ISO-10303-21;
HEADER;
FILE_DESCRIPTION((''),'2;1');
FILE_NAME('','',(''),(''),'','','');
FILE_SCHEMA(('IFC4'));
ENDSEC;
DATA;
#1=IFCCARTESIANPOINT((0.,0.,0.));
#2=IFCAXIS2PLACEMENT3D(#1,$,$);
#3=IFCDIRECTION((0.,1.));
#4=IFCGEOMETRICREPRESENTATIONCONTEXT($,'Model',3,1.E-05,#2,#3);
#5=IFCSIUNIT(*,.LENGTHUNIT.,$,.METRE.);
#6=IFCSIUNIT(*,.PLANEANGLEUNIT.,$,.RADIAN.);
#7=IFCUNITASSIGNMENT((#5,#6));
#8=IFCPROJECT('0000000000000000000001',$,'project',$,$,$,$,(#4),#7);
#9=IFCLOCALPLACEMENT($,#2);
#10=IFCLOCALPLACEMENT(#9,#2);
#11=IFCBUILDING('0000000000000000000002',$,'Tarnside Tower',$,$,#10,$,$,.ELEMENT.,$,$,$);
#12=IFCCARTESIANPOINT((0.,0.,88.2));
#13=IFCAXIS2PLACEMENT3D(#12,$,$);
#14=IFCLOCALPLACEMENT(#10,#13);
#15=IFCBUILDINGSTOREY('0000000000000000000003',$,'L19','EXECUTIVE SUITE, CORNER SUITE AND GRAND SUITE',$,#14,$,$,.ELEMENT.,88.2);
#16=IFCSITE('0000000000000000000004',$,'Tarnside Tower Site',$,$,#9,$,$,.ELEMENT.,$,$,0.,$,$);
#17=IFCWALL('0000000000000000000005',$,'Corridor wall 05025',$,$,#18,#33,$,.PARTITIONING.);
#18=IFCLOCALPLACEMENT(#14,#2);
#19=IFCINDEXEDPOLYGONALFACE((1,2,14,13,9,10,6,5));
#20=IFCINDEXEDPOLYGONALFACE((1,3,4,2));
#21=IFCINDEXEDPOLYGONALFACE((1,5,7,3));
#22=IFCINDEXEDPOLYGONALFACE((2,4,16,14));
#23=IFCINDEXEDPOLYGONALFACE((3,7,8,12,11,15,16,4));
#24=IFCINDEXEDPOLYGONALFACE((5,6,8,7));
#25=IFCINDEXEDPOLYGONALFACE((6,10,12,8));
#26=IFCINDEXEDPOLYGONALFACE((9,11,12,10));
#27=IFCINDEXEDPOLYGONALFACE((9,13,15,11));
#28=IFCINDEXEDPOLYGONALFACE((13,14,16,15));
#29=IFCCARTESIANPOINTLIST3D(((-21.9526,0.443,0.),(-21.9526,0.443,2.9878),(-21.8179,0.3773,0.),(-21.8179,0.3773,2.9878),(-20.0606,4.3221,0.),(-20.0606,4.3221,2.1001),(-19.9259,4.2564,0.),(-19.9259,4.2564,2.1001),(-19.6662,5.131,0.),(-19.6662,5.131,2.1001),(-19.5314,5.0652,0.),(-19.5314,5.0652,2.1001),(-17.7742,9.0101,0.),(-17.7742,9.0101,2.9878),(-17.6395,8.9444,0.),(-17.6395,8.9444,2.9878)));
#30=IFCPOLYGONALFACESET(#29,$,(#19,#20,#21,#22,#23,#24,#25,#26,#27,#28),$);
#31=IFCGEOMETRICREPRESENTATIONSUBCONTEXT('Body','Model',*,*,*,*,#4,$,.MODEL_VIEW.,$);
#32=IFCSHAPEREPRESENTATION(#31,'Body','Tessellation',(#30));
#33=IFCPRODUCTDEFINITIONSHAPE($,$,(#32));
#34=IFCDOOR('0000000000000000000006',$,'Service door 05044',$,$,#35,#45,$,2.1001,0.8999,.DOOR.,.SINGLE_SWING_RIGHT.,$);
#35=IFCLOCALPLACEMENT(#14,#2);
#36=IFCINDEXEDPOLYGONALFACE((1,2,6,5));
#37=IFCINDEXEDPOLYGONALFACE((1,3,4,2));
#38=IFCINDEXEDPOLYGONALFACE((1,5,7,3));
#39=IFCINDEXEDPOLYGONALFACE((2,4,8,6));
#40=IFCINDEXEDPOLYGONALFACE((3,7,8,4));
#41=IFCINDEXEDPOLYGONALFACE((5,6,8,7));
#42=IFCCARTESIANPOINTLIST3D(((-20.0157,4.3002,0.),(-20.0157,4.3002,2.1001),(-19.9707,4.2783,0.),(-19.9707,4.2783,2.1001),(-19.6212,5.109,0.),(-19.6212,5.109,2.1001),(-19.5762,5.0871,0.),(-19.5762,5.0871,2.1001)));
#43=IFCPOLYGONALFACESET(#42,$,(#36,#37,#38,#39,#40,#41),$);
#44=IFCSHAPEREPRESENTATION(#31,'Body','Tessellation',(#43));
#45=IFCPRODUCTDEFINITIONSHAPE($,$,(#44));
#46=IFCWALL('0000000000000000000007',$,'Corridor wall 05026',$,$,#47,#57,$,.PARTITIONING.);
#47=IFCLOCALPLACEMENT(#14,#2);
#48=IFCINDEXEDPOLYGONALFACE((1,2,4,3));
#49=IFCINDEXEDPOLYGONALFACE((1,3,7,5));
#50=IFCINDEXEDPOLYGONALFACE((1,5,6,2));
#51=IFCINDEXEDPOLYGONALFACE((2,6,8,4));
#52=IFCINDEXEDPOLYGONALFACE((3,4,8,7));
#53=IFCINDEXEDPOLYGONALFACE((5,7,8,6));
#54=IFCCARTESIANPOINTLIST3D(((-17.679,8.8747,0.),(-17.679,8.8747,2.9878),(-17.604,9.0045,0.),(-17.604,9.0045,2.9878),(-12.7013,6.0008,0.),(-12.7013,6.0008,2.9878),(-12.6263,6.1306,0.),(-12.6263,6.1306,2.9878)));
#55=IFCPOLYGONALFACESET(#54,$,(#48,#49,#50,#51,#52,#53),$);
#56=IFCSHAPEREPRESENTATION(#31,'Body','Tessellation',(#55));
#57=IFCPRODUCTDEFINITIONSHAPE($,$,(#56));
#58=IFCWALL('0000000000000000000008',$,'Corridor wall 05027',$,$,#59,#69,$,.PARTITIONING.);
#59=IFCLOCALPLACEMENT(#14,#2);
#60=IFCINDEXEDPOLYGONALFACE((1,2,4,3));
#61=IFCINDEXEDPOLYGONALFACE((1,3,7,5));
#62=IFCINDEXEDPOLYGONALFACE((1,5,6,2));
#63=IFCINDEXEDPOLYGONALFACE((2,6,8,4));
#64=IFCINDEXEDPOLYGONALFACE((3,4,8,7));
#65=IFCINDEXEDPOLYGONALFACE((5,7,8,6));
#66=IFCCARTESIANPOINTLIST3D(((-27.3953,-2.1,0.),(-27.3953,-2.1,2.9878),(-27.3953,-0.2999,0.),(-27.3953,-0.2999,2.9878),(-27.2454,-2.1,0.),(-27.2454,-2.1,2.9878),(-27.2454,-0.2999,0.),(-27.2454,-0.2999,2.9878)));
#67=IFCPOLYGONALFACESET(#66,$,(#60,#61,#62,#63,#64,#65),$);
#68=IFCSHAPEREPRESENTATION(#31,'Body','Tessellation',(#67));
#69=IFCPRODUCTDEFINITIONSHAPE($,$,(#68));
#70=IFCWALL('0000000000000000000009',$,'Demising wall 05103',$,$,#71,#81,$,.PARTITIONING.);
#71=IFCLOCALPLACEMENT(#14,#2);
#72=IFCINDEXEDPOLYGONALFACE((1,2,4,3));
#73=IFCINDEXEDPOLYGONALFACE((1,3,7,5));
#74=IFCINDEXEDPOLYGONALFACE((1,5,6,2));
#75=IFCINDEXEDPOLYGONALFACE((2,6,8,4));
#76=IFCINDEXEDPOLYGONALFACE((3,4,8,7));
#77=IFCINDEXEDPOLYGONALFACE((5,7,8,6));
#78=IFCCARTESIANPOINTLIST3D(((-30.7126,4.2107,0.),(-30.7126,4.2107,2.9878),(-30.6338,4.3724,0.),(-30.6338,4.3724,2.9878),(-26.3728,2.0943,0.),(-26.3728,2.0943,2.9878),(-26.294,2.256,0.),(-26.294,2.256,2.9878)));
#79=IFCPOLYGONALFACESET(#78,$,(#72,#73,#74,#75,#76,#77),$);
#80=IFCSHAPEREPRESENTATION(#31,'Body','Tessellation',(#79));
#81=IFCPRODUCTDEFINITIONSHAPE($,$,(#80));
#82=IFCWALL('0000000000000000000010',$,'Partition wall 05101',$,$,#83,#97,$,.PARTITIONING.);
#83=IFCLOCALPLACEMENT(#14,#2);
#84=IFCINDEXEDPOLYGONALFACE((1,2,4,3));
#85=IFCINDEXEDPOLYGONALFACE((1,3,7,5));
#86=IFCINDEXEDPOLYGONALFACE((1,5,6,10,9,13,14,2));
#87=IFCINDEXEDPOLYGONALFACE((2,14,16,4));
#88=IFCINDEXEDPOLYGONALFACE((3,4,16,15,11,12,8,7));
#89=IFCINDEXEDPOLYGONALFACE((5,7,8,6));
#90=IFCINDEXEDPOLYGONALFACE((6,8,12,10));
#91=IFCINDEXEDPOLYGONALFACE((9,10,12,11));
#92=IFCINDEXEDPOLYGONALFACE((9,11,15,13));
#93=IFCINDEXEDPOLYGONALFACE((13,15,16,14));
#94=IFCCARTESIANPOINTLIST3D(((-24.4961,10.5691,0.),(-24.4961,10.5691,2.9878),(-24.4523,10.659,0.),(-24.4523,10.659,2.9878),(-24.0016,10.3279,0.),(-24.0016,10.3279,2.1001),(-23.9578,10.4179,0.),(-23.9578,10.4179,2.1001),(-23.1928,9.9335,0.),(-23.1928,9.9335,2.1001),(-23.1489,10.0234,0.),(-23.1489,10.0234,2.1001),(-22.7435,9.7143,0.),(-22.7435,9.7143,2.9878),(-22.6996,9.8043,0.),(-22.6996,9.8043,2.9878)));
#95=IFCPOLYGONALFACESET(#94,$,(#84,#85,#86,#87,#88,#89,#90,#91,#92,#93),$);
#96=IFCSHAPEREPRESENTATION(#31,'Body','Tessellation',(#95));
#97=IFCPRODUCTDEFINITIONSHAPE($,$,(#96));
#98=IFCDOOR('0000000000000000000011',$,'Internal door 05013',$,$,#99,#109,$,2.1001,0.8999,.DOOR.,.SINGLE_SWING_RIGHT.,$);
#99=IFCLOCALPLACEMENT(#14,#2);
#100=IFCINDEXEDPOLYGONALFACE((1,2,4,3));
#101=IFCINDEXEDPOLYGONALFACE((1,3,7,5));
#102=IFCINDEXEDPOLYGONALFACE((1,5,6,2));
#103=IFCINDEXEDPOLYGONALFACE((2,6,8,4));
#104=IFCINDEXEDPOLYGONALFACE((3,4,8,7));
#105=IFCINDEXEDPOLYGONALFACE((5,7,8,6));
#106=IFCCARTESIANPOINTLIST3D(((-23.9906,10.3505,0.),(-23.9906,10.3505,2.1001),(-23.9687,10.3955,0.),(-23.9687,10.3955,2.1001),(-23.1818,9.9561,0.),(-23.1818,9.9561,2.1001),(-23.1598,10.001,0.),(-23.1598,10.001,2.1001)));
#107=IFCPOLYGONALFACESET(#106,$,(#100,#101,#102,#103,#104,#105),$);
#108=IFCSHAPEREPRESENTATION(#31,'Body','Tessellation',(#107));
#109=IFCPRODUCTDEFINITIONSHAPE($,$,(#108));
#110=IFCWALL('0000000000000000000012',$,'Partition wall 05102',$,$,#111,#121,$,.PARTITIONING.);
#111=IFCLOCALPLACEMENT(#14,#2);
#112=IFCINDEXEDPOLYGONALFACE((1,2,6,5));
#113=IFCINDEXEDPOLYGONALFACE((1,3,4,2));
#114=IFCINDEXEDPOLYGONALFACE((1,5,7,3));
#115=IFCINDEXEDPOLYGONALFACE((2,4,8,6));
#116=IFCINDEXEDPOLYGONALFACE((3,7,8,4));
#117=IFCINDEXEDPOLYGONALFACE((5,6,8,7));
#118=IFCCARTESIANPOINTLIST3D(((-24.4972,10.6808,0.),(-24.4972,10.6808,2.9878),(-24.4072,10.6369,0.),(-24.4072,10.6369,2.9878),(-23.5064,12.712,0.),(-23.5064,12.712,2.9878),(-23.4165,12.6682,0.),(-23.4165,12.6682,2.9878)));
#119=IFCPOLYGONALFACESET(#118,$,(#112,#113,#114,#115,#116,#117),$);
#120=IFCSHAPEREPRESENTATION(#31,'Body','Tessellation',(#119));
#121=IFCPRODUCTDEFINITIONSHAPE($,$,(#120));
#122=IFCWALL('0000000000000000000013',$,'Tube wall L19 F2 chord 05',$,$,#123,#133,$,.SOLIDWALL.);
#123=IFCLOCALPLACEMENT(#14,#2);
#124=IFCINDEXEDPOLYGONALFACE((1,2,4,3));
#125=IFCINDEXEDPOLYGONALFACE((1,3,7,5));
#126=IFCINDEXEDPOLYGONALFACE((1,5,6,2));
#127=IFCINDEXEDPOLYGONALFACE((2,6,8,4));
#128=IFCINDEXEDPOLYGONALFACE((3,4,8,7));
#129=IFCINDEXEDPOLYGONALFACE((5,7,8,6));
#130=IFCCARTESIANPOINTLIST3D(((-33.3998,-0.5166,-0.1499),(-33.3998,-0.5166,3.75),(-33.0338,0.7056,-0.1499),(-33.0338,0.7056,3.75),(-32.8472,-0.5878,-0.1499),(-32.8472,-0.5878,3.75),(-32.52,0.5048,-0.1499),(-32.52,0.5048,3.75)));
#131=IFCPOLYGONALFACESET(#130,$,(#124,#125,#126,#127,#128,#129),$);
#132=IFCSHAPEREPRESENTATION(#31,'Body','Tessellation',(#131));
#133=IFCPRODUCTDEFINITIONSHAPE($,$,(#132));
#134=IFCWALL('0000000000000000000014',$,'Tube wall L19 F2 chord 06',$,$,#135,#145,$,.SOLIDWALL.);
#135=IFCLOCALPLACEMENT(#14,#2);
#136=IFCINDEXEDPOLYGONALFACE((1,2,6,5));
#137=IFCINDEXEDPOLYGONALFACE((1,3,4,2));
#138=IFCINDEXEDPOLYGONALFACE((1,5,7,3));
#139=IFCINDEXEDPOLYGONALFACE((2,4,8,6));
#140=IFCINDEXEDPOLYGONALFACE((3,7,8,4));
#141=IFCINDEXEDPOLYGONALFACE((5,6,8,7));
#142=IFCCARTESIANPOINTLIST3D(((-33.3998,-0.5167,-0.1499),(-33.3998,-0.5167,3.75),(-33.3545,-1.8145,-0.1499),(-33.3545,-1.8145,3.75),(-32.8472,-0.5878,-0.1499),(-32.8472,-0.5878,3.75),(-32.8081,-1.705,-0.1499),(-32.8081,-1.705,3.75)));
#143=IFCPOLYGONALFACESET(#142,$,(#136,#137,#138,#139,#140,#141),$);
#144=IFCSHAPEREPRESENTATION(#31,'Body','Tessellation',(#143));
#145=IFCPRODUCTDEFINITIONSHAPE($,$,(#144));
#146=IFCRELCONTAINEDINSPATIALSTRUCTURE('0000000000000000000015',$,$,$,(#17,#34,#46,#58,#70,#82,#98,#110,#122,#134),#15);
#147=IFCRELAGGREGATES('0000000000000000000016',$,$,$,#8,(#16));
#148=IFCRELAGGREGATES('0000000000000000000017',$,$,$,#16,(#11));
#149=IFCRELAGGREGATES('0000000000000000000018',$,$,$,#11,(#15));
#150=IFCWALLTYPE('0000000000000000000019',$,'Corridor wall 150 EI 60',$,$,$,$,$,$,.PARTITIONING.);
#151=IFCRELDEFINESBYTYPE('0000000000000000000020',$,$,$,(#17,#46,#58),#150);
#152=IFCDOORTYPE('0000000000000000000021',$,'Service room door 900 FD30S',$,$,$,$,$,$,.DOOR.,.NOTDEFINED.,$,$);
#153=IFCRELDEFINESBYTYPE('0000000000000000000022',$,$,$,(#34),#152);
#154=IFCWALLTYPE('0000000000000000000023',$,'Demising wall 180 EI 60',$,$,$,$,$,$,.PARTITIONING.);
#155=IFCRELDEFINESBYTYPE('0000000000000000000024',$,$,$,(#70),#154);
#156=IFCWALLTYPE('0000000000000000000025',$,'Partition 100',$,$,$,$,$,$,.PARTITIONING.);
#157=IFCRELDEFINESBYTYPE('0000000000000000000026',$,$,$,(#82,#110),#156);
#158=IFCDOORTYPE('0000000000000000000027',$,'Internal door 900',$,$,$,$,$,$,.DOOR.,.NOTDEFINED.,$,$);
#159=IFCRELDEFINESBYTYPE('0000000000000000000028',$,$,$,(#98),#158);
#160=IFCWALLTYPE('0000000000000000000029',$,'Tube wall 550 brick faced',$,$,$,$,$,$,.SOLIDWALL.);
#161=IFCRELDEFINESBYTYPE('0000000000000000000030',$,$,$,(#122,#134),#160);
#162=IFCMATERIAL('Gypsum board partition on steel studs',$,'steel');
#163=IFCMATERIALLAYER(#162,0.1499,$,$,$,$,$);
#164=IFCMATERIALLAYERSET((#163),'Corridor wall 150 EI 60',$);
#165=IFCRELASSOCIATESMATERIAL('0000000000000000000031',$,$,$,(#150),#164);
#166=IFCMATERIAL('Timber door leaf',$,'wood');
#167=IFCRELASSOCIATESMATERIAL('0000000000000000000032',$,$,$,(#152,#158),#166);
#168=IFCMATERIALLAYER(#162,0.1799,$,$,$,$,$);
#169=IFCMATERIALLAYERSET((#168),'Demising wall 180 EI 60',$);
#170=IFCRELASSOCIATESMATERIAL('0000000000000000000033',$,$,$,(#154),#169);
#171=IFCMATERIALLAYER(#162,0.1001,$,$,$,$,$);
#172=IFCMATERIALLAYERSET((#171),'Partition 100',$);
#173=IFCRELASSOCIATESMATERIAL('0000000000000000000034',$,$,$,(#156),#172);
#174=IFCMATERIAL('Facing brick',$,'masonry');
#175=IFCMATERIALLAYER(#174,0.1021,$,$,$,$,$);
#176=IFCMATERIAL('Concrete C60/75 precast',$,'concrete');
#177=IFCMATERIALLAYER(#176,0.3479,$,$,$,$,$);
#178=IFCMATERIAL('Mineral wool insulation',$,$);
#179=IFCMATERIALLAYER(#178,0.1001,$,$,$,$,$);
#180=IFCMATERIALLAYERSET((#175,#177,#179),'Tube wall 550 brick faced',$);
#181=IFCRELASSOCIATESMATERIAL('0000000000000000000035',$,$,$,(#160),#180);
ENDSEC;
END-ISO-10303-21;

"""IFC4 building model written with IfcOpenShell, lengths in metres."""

from ifc_helpers import new_model, si_unit, direction, frame, frame_2d, origin, place, context, subcontext, project, spatial, polyline, rectangle, outline, extrude, material, layer, layer_set, type_object, element, fill, save


model = new_model("IFC4")

# Units and contexts
model_context = context("Model", 3, precision=1e-05, world=origin(), true_north=direction((0.0, 1.0)))
body_context = subcontext(model_context, "Body", "Model", "MODEL_VIEW")
ifc_project = project(units=[si_unit("LENGTHUNIT", "METRE"), si_unit("PLANEANGLEUNIT", "RADIAN")], contexts=[model_context])

# Site, building, storey
site_placement = place(None, origin())
site = spatial("IfcSite", under=ifc_project, at=site_placement, Name="Tarnside Tower Site", CompositionType="ELEMENT", RefElevation=0.0)
building_placement = place(site_placement, origin())
building = spatial("IfcBuilding", under=site, at=building_placement, Name="Tarnside Tower", CompositionType="ELEMENT")
storey_placement = place(building_placement, frame((0.0, 0.0, 88.2)))
storey = spatial("IfcBuildingStorey", under=building, at=storey_placement, Name="L19", Description="EXECUTIVE SUITE, CORNER SUITE AND GRAND SUITE", CompositionType="ELEMENT", Elevation=88.2)

# Shared definitions
ifc_material_1 = material(Name="Gypsum board partition on steel studs", Category="steel")
ifc_material_2 = material(Name="Timber door leaf", Category="wood")

# Shared definitions
ifc_layer_1 = layer(ifc_material_1, 0.1499)
ifc_layer_set_1 = layer_set([ifc_layer_1], Name="Corridor wall 150 EI 60")
wall_type_1 = type_object("IfcWallType", Name="Corridor wall 150 EI 60", PredefinedType="PARTITIONING", material=ifc_layer_set_1)

# Wall, opening, door
wall_1_placement = place(storey_placement, frame((-21.8853, 0.4102, 0.0), z_axis=(0.0, 0.0, 1.0), x_axis=(0.438371, 0.898794, 0.0)))
wall_1 = element("IfcWall", 1, at=wall_1_placement, inside=storey, type_object=wall_type_1, Name="Corridor wall 05025", PredefinedType="PARTITIONING", context=body_context, shape_type="SweptSolid", body=[
    extrude(rectangle(XDim=9.5317, YDim=0.1499, at=frame_2d((4.7659, 0.0))), origin(), (0.0, 0.0, 1.0), 2.9878),
])
opening_1_placement = place(wall_1_placement, frame((4.3159, 0.0, 0.0)))
opening_1 = element("IfcOpeningElement", 2, at=opening_1_placement, cuts=wall_1, PredefinedType="OPENING", context=body_context, shape_type="SweptSolid", body=[
    extrude(rectangle(XDim=0.8999, YDim=2.1001, at=frame_2d((0.45, 1.05))), frame((0.0, 0.085, 0.0), z_axis=(0.0, -1.0, 0.0), x_axis=(1.0, 0.0, 0.0)), (0.0, 0.0, 1.0), 0.1699),
])
door_type_1 = type_object("IfcDoorType", Name="Service room door 900 FD30S", OperationType="NOTDEFINED", PredefinedType="DOOR", material=ifc_material_2)
door_1_placement = place(opening_1_placement, origin())
door_1 = element("IfcDoor", 3, at=door_1_placement, inside=storey, type_object=door_type_1, Name="Service door 05044", OperationType="SINGLE_SWING_RIGHT", OverallHeight=2.1001, OverallWidth=0.8999, PredefinedType="DOOR", context=body_context, shape_type="SweptSolid", body=[
    extrude(rectangle(XDim=0.8999, YDim=2.1001, at=frame_2d((0.45, 1.05))), frame((0.0, 0.0249, 0.0), z_axis=(0.0, -1.0, 0.0), x_axis=(1.0, 0.0, 0.0)), (0.0, 0.0, 1.0), 0.05),
])
fill(opening_1, door_1)

# Walls
wall_2_placement = place(storey_placement, frame((-17.6416, 8.9397, 0.0), z_axis=(0.0, 0.0, 1.0), x_axis=(0.866018, -0.500013, 0.0)))
element("IfcWall", 4, at=wall_2_placement, inside=storey, type_object=wall_type_1, Name="Corridor wall 05026", PredefinedType="PARTITIONING", context=body_context, shape_type="SweptSolid", body=[
    extrude(rectangle(XDim=5.7478, YDim=0.1499, at=frame_2d((2.874, 0.0))), origin(), (0.0, 0.0, 1.0), 2.9878),
])
wall_3_placement = place(storey_placement, frame((-27.3203, -0.3, 0.0), z_axis=(0.0, 0.0, 1.0), x_axis=(0.0, -1.0, 0.0)))
element("IfcWall", 5, at=wall_3_placement, inside=storey, type_object=wall_type_1, Name="Corridor wall 05027", PredefinedType="PARTITIONING", context=body_context, shape_type="SweptSolid", body=[
    extrude(rectangle(XDim=1.8, YDim=0.1499, at=frame_2d((0.8999, 0.0))), origin(), (0.0, 0.0, 1.0), 2.9878),
])
ifc_layer_2 = layer(ifc_material_1, 0.1799)
ifc_layer_set_2 = layer_set([ifc_layer_2], Name="Demising wall 180 EI 60")
wall_type_2 = type_object("IfcWallType", Name="Demising wall 180 EI 60", PredefinedType="PARTITIONING", material=ifc_layer_set_2)
wall_4_placement = place(storey_placement, frame((-30.6731, 4.2915, 0.0), z_axis=(0.0, 0.0, 1.0), x_axis=(0.898813, -0.438333, 0.0)))
element("IfcWall", 6, at=wall_4_placement, inside=storey, type_object=wall_type_2, Name="Demising wall 05103", PredefinedType="PARTITIONING", context=body_context, shape_type="SweptSolid", body=[
    extrude(rectangle(XDim=4.8284, YDim=0.1799, at=frame_2d((2.4141, 0.0))), origin(), (0.0, 0.0, 1.0), 2.9878),
])

# Wall, opening, door
ifc_layer_3 = layer(ifc_material_1, 0.1001)
ifc_layer_set_3 = layer_set([ifc_layer_3], Name="Partition 100")
wall_type_3 = type_object("IfcWallType", Name="Partition 100", PredefinedType="PARTITIONING", material=ifc_layer_set_3)
wall_5_placement = place(storey_placement, frame((-22.7214, 9.7593, 0.0), z_axis=(0.0, 0.0, 1.0), x_axis=(-0.898815, 0.438327, 0.0)))
wall_5 = element("IfcWall", 7, at=wall_5_placement, inside=storey, type_object=wall_type_3, Name="Partition wall 05101", PredefinedType="PARTITIONING", context=body_context, shape_type="SweptSolid", body=[
    extrude(rectangle(XDim=1.95, YDim=0.1001, at=frame_2d((0.9751, 0.0))), origin(), (0.0, 0.0, 1.0), 2.9878),
])
opening_2_placement = place(wall_5_placement, frame((0.5, 0.0, 0.0)))
opening_2 = element("IfcOpeningElement", 8, at=opening_2_placement, cuts=wall_5, PredefinedType="OPENING", context=body_context, shape_type="SweptSolid", body=[
    extrude(rectangle(XDim=0.8999, YDim=2.1001, at=frame_2d((0.45, 1.05))), frame((0.0, 0.0601, 0.0), z_axis=(0.0, -1.0, 0.0), x_axis=(1.0, 0.0, 0.0)), (0.0, 0.0, 1.0), 0.1201),
])
door_type_2 = type_object("IfcDoorType", Name="Internal door 900", OperationType="NOTDEFINED", PredefinedType="DOOR", material=ifc_material_2)
door_2_placement = place(opening_2_placement, origin())
door_2 = element("IfcDoor", 9, at=door_2_placement, inside=storey, type_object=door_type_2, Name="Internal door 05013", OperationType="SINGLE_SWING_RIGHT", OverallHeight=2.1001, OverallWidth=0.8999, PredefinedType="DOOR", context=body_context, shape_type="SweptSolid", body=[
    extrude(rectangle(XDim=0.8999, YDim=2.1001, at=frame_2d((0.45, 1.05))), frame((0.0, 0.0249, 0.0), z_axis=(0.0, -1.0, 0.0), x_axis=(1.0, 0.0, 0.0)), (0.0, 0.0, 1.0), 0.05),
])
fill(opening_2, door_2)

# Walls
wall_6_placement = place(storey_placement, frame((-24.4521, 10.6589, 0.0), z_axis=(0.0, 0.0, 1.0), x_axis=(0.438377, 0.898791, 0.0)))
element("IfcWall", 10, at=wall_6_placement, inside=storey, type_object=wall_type_3, Name="Partition wall 05102", PredefinedType="PARTITIONING", context=body_context, shape_type="SweptSolid", body=[
    extrude(rectangle(XDim=2.26, YDim=0.1001, at=frame_2d((1.1299, 0.0))), origin(), (0.0, 0.0, 1.0), 2.9878),
])
ifc_material_3 = material(Name="Facing brick", Category="masonry")
ifc_layer_4 = layer(ifc_material_3, 0.1021)
ifc_material_4 = material(Name="Concrete C60/75 precast", Category="concrete")
ifc_layer_5 = layer(ifc_material_4, 0.3479)
ifc_material_5 = material(Name="Mineral wool insulation")
ifc_layer_6 = layer(ifc_material_5, 0.1001)
ifc_layer_set_4 = layer_set([ifc_layer_4, ifc_layer_5, ifc_layer_6], Name="Tube wall 550 brick faced")
wall_type_4 = type_object("IfcWallType", Name="Tube wall 550 brick faced", PredefinedType="SOLIDWALL", material=ifc_layer_set_4)
wall_7_placement = place(storey_placement, frame((-32.7769, 0.6052, -0.1499), z_axis=(0.0, 0.0, 1.0), x_axis=(-0.286921, -0.957954, 0.0)))
element("IfcWall", 11, at=wall_7_placement, inside=storey, type_object=wall_type_4, Name="Tube wall L19 F2 chord 05", PredefinedType="SOLIDWALL", context=body_context, shape_type="SweptSolid", body=[
    extrude(outline(polyline([(-0.0225, -0.2749), (1.2534, -0.2749), (1.1631, 0.2749), (0.0225, 0.2749), (-0.0225, -0.2749)])), origin(), (0.0, 0.0, 1.0), 3.8999),
])
wall_8_placement = place(storey_placement, frame((-33.1235, -0.5522, -0.1499), z_axis=(0.0, 0.0, 1.0), x_axis=(0.034956, -0.999389, 0.0)))
element("IfcWall", 12, at=wall_8_placement, inside=storey, type_object=wall_type_4, Name="Tube wall L19 F2 chord 06", PredefinedType="SOLIDWALL", context=body_context, shape_type="SweptSolid", body=[
    extrude(outline(polyline([(-0.0452, -0.2749), (1.2534, -0.2749), (1.1631, 0.2749), (0.0452, 0.2749), (-0.0452, -0.2749)])), origin(), (0.0, 0.0, 1.0), 3.8999),
])

save(model, "model.ifc")
